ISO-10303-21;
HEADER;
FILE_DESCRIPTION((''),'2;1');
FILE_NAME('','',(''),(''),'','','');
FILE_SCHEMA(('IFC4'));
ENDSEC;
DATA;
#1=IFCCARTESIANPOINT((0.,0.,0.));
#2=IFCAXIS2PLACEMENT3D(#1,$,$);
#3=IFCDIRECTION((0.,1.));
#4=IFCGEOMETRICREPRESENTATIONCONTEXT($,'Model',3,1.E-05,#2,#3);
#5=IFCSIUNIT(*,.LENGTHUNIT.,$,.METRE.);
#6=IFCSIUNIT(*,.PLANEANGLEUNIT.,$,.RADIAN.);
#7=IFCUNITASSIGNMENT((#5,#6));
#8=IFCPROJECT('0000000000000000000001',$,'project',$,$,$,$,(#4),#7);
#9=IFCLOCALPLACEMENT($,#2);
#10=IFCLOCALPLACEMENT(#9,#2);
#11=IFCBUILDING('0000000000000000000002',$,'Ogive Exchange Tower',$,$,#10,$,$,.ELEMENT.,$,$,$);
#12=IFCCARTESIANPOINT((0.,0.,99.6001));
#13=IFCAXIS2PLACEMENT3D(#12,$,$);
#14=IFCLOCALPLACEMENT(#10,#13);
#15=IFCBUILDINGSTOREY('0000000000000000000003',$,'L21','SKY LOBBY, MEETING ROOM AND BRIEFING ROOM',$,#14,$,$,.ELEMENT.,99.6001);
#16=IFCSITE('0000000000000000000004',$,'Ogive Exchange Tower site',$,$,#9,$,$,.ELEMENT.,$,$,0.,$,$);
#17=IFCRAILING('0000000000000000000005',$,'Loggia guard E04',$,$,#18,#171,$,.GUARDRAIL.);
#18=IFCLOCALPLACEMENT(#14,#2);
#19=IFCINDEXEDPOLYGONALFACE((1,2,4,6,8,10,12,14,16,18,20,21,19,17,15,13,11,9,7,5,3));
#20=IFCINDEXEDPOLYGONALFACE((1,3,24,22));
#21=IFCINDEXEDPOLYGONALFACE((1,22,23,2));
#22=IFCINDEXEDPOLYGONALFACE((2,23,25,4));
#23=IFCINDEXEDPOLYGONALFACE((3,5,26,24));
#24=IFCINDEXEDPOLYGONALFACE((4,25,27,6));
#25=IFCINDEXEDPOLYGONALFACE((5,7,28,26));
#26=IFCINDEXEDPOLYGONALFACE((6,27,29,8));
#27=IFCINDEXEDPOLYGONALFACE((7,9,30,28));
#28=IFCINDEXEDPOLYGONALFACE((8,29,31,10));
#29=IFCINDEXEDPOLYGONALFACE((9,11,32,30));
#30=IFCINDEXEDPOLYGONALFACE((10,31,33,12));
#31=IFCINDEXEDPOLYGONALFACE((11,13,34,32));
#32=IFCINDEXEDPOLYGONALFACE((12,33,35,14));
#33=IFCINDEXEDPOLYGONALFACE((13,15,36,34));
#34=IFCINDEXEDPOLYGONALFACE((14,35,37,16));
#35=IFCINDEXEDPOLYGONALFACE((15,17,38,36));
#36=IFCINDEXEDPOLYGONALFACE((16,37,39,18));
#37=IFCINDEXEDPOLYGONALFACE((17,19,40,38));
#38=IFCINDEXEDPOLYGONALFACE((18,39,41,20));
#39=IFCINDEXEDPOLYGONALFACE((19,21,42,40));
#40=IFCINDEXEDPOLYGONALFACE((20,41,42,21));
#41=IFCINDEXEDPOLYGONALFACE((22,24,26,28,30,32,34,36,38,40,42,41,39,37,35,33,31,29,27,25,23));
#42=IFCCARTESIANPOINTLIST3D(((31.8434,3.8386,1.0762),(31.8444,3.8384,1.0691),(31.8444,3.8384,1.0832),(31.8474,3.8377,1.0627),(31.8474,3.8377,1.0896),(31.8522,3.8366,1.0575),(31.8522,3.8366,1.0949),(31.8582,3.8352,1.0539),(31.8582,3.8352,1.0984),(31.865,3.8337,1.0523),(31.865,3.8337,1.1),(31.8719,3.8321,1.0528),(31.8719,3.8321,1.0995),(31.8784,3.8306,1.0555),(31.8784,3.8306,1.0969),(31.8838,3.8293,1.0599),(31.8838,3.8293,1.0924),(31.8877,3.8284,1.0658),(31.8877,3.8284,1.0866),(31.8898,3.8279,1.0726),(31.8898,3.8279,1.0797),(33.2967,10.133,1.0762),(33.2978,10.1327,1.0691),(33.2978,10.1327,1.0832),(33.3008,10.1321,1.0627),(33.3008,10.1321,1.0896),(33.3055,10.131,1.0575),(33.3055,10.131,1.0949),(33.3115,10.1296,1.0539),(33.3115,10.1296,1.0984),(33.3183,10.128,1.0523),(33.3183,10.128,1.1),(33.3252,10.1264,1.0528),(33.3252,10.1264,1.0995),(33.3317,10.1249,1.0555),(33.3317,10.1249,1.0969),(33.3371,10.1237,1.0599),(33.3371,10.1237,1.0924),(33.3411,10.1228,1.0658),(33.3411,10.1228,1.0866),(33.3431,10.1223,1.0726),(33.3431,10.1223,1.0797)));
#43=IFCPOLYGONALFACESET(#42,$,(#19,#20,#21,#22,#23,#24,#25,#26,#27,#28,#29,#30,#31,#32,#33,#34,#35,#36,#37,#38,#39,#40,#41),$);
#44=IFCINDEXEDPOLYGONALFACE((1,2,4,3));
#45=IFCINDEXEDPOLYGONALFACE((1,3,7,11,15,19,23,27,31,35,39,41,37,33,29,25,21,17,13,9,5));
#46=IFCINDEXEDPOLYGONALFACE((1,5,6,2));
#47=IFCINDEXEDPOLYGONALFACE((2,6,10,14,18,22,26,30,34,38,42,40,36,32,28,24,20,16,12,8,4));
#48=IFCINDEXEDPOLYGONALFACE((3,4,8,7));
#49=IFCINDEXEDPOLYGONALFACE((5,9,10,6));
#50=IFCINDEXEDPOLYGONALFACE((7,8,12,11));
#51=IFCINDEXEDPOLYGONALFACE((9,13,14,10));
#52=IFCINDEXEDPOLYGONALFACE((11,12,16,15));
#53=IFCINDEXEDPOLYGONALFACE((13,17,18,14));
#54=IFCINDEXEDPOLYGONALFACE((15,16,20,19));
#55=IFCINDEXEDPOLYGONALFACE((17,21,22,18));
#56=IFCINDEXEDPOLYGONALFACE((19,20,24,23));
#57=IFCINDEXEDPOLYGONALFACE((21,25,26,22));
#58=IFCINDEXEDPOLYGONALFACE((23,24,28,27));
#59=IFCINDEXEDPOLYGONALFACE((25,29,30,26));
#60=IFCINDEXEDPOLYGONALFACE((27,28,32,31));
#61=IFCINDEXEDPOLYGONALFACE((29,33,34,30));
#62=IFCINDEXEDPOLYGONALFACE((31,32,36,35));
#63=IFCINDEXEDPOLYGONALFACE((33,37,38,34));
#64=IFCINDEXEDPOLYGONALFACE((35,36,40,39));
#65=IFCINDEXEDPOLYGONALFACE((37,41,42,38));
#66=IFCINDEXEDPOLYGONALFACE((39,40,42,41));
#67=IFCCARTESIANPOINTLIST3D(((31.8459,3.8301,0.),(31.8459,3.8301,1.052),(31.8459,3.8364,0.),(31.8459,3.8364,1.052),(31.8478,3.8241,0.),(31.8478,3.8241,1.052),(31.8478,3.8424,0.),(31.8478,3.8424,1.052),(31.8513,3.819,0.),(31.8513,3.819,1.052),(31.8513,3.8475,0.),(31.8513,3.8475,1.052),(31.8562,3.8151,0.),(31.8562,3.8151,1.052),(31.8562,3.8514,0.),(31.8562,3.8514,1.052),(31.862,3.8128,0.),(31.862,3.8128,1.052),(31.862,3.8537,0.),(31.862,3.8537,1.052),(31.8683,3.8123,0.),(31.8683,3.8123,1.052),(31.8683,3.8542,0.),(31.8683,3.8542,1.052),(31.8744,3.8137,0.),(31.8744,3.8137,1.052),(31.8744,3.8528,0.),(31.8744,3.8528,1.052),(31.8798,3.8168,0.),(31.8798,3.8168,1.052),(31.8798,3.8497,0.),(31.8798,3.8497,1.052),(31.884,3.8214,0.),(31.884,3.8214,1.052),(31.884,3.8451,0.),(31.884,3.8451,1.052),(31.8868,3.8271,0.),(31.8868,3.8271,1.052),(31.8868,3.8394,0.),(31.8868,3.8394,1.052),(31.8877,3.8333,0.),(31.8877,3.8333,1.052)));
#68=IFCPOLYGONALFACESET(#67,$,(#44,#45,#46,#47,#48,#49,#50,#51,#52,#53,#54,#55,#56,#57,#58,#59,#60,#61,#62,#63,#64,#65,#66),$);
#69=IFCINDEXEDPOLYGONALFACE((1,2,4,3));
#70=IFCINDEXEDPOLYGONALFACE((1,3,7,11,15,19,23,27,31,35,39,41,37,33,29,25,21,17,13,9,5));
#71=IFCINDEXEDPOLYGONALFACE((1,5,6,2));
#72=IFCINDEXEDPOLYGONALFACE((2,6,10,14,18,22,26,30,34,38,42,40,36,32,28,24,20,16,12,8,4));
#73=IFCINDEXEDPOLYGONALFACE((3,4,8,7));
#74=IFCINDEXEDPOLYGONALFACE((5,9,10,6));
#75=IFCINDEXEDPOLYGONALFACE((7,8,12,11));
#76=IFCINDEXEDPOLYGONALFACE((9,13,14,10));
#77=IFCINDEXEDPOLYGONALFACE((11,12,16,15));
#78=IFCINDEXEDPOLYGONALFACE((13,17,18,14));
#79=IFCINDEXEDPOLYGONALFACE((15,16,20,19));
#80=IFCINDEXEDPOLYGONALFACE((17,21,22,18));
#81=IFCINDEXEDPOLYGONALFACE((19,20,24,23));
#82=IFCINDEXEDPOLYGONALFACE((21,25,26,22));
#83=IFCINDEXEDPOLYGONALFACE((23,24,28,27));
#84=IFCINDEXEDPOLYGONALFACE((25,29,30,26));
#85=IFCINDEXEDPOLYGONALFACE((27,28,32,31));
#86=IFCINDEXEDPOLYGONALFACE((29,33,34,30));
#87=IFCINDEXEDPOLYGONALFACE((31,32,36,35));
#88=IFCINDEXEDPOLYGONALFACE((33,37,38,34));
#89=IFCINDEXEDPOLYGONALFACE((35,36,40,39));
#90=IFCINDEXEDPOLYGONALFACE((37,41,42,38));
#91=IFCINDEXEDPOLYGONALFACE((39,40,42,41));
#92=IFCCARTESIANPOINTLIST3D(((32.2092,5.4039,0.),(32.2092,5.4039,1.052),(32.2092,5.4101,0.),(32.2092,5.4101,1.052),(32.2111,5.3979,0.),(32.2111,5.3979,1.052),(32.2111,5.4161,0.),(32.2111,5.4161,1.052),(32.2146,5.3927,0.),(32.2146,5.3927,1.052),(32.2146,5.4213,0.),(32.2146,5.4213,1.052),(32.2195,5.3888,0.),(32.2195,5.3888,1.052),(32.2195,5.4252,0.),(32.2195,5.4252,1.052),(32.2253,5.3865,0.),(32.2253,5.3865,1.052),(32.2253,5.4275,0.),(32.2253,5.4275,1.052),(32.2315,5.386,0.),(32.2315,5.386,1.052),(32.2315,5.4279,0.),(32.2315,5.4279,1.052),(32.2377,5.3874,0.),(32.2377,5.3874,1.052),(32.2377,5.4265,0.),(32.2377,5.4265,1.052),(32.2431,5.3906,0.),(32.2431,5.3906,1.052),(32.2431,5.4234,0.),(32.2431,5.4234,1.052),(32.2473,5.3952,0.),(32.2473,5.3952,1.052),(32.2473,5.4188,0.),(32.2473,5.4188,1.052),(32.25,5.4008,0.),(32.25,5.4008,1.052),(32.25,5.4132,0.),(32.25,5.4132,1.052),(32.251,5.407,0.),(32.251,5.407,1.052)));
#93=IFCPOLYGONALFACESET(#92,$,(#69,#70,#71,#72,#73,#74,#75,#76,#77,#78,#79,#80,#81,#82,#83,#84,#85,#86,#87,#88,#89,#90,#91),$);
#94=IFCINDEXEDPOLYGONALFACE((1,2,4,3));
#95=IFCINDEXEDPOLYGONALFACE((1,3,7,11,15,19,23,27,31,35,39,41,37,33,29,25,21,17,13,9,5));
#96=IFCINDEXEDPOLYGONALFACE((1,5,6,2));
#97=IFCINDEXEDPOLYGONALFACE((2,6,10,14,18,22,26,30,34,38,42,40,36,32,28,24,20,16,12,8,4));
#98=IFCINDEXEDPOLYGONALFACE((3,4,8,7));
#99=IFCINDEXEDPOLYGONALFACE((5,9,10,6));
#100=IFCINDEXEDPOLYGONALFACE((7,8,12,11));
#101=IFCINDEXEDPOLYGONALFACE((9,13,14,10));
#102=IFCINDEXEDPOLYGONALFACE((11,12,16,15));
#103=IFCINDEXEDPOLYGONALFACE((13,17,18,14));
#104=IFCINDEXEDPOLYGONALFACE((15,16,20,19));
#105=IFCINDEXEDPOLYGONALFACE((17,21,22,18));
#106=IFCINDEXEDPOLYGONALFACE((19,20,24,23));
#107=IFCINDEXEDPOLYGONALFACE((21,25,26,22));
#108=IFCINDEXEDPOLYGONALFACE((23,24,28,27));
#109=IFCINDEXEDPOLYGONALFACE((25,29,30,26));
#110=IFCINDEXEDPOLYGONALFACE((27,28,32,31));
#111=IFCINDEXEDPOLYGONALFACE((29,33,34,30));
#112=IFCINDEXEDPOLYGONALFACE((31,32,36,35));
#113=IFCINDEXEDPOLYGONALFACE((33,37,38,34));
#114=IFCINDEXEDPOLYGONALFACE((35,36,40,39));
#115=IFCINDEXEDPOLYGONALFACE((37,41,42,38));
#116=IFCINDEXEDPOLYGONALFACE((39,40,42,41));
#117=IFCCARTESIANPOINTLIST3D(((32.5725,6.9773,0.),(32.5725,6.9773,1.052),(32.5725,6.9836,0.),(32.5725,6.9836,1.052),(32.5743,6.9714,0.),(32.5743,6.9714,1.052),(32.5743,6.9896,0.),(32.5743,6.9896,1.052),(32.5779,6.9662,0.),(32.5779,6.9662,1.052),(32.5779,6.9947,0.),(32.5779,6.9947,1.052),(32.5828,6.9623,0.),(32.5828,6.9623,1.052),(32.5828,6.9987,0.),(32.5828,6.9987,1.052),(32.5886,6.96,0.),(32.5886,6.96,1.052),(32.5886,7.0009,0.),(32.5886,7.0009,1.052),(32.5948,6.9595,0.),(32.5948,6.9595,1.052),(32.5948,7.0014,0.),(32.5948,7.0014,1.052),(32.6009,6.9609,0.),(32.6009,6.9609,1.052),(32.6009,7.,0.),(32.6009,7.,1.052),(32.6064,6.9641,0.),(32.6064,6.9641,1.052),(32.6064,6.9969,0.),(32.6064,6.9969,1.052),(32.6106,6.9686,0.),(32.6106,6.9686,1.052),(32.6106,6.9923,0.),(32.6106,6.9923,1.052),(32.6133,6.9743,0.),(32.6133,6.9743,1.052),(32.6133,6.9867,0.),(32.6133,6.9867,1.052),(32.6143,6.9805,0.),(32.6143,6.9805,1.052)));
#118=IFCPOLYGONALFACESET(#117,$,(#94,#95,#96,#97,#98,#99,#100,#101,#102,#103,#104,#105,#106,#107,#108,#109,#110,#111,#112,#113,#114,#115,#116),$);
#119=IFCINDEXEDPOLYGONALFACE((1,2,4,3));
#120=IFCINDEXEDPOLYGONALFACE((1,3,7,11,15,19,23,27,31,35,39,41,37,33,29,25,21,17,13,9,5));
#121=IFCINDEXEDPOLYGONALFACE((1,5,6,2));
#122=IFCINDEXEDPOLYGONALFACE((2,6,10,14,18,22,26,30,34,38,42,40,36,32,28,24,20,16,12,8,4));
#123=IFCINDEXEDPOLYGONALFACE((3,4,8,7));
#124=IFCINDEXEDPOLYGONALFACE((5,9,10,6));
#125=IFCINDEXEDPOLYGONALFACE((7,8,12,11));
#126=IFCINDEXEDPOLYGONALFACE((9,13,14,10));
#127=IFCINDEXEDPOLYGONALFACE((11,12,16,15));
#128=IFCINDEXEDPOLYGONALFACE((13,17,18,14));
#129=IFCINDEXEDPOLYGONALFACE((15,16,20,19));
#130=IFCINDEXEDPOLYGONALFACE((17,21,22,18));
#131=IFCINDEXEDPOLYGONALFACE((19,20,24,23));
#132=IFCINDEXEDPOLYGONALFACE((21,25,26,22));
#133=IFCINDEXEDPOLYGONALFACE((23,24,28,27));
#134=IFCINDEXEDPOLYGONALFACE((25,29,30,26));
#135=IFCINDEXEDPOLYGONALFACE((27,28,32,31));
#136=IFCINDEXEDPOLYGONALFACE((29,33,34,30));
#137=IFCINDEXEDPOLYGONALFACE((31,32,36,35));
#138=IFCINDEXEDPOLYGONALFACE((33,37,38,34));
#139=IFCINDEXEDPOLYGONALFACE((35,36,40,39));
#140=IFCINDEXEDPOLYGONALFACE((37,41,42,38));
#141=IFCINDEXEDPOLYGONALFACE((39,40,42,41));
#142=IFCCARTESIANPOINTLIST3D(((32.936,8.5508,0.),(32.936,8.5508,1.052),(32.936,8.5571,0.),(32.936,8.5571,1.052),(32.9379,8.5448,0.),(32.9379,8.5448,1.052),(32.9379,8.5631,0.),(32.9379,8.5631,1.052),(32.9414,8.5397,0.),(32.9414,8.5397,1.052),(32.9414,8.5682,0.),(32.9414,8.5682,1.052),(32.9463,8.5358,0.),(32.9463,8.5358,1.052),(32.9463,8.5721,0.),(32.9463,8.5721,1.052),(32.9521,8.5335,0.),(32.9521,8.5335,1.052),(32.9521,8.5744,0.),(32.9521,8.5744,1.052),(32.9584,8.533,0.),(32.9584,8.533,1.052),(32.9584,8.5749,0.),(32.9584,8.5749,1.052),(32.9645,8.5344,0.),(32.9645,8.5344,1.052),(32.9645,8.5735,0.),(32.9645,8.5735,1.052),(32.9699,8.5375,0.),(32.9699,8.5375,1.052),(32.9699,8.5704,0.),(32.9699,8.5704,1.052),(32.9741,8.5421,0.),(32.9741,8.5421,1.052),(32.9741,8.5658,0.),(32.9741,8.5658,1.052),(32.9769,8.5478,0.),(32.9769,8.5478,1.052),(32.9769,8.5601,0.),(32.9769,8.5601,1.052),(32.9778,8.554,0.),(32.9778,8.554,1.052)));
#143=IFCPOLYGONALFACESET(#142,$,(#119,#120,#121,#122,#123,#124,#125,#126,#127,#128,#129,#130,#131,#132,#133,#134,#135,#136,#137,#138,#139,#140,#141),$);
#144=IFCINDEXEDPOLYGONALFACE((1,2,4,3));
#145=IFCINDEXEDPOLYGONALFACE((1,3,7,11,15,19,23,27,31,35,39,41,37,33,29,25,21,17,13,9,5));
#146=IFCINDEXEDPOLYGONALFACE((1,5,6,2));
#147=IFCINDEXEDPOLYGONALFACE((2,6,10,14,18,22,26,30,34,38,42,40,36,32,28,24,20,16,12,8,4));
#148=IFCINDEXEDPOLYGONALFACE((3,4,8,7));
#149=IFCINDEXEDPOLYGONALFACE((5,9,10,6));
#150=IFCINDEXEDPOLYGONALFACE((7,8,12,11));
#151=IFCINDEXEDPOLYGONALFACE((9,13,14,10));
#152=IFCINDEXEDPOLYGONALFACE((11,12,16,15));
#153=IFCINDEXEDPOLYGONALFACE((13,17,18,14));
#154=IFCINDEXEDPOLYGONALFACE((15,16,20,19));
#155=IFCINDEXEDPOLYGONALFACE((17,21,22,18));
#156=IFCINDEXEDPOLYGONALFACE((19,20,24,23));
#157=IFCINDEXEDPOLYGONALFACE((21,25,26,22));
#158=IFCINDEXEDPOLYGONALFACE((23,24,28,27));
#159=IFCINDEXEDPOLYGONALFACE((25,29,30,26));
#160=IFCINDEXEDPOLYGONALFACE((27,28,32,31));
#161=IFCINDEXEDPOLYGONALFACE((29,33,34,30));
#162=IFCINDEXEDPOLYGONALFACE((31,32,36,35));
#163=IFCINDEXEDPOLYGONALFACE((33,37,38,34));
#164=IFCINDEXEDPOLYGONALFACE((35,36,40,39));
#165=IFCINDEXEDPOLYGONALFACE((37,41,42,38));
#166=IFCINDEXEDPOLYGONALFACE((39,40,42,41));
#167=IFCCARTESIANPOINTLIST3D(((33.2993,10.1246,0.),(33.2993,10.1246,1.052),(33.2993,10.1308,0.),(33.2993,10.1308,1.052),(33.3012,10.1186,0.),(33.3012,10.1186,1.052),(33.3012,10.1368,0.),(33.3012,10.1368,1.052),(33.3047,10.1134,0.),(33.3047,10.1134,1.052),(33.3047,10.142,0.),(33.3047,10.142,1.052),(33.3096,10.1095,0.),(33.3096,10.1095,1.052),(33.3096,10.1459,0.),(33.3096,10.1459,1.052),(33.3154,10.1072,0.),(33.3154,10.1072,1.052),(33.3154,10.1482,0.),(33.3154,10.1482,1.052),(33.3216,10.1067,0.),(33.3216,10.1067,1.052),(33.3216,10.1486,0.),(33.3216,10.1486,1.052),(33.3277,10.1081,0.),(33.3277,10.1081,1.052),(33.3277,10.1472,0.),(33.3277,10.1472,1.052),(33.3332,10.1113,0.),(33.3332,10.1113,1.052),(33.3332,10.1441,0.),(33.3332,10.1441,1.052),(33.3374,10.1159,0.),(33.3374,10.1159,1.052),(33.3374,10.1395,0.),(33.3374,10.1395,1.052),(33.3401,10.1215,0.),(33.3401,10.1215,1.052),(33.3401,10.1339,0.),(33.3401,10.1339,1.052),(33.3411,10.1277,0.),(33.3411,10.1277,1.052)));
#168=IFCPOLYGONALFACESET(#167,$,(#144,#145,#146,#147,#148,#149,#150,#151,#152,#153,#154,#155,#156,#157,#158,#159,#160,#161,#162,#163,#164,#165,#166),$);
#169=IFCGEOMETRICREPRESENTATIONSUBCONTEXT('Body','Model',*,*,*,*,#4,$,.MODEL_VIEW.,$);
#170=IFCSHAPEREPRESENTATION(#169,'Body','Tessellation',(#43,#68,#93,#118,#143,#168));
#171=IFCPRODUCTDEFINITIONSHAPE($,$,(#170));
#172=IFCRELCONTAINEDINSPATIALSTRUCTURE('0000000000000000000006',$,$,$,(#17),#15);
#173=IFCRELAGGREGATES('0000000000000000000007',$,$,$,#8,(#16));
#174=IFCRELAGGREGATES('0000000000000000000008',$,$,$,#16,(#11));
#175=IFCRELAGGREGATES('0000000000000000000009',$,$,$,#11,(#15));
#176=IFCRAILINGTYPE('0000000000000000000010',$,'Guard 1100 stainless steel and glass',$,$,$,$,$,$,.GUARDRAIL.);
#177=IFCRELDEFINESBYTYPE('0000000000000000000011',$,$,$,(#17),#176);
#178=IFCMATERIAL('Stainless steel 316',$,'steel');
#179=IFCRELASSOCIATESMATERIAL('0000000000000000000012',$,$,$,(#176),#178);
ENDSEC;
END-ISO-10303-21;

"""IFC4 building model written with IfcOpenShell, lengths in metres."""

from ifc_helpers import new_model, si_unit, direction, frame, origin, origin_2d, place, context, subcontext, project, spatial, circle, extrude, material, type_object, element, save


model = new_model("IFC4")

# Units and contexts
model_context = context("Model", 3, precision=1e-05, world=origin(), true_north=direction((0.0, 1.0)))
body_context = subcontext(model_context, "Body", "Model", "MODEL_VIEW")
ifc_project = project(units=[si_unit("LENGTHUNIT", "METRE"), si_unit("PLANEANGLEUNIT", "RADIAN")], contexts=[model_context])

# Site, building, storey
site_placement = place(None, origin())
site = spatial("IfcSite", under=ifc_project, at=site_placement, Name="Ogive Exchange Tower site", CompositionType="ELEMENT", RefElevation=0.0)
building_placement = place(site_placement, origin())
building = spatial("IfcBuilding", under=site, at=building_placement, Name="Ogive Exchange Tower", CompositionType="ELEMENT")
storey_placement = place(building_placement, frame((0.0, 0.0, 99.6001)))
storey = spatial("IfcBuildingStorey", under=building, at=storey_placement, Name="L21", Description="SKY LOBBY, MEETING ROOM AND BRIEFING ROOM", CompositionType="ELEMENT", Elevation=99.6001)

# Railing
ifc_material_1 = material(Name="Stainless steel 316", Category="steel")
railing_type = type_object("IfcRailingType", Name="Guard 1100 stainless steel and glass", PredefinedType="GUARDRAIL", material=ifc_material_1)
railing_placement = place(storey_placement, frame((31.8667, 3.8333, 0.0)))
element("IfcRailing", 1, at=railing_placement, inside=storey, type_object=railing_type, Name="Loggia guard E04", PredefinedType="GUARDRAIL", context=body_context, shape_type="SweptSolid", body=[
    extrude(circle(Radius=0.0239, at=origin_2d()), frame((0.0, 0.0, 1.0762), z_axis=(0.224978, 0.974364, 0.0), x_axis=(-0.974364, 0.224978, 0.0)), (0.0, 0.0, 1.0), 6.46),
    extrude(circle(Radius=0.021, at=origin_2d()), origin(), (0.0, 0.0, 1.0), 1.052),
    extrude(circle(Radius=0.021, at=origin_2d()), frame((0.3633, 1.5737, 0.0)), (0.0, 0.0, 1.0), 1.052),
    extrude(circle(Radius=0.021, at=origin_2d()), frame((0.7266, 3.1472, 0.0)), (0.0, 0.0, 1.0), 1.052),
    extrude(circle(Radius=0.021, at=origin_2d()), frame((1.0901, 4.7207, 0.0)), (0.0, 0.0, 1.0), 1.052),
    extrude(circle(Radius=0.021, at=origin_2d()), frame((1.4534, 6.2944, 0.0)), (0.0, 0.0, 1.0), 1.052),
])

save(model, "model.ifc")
